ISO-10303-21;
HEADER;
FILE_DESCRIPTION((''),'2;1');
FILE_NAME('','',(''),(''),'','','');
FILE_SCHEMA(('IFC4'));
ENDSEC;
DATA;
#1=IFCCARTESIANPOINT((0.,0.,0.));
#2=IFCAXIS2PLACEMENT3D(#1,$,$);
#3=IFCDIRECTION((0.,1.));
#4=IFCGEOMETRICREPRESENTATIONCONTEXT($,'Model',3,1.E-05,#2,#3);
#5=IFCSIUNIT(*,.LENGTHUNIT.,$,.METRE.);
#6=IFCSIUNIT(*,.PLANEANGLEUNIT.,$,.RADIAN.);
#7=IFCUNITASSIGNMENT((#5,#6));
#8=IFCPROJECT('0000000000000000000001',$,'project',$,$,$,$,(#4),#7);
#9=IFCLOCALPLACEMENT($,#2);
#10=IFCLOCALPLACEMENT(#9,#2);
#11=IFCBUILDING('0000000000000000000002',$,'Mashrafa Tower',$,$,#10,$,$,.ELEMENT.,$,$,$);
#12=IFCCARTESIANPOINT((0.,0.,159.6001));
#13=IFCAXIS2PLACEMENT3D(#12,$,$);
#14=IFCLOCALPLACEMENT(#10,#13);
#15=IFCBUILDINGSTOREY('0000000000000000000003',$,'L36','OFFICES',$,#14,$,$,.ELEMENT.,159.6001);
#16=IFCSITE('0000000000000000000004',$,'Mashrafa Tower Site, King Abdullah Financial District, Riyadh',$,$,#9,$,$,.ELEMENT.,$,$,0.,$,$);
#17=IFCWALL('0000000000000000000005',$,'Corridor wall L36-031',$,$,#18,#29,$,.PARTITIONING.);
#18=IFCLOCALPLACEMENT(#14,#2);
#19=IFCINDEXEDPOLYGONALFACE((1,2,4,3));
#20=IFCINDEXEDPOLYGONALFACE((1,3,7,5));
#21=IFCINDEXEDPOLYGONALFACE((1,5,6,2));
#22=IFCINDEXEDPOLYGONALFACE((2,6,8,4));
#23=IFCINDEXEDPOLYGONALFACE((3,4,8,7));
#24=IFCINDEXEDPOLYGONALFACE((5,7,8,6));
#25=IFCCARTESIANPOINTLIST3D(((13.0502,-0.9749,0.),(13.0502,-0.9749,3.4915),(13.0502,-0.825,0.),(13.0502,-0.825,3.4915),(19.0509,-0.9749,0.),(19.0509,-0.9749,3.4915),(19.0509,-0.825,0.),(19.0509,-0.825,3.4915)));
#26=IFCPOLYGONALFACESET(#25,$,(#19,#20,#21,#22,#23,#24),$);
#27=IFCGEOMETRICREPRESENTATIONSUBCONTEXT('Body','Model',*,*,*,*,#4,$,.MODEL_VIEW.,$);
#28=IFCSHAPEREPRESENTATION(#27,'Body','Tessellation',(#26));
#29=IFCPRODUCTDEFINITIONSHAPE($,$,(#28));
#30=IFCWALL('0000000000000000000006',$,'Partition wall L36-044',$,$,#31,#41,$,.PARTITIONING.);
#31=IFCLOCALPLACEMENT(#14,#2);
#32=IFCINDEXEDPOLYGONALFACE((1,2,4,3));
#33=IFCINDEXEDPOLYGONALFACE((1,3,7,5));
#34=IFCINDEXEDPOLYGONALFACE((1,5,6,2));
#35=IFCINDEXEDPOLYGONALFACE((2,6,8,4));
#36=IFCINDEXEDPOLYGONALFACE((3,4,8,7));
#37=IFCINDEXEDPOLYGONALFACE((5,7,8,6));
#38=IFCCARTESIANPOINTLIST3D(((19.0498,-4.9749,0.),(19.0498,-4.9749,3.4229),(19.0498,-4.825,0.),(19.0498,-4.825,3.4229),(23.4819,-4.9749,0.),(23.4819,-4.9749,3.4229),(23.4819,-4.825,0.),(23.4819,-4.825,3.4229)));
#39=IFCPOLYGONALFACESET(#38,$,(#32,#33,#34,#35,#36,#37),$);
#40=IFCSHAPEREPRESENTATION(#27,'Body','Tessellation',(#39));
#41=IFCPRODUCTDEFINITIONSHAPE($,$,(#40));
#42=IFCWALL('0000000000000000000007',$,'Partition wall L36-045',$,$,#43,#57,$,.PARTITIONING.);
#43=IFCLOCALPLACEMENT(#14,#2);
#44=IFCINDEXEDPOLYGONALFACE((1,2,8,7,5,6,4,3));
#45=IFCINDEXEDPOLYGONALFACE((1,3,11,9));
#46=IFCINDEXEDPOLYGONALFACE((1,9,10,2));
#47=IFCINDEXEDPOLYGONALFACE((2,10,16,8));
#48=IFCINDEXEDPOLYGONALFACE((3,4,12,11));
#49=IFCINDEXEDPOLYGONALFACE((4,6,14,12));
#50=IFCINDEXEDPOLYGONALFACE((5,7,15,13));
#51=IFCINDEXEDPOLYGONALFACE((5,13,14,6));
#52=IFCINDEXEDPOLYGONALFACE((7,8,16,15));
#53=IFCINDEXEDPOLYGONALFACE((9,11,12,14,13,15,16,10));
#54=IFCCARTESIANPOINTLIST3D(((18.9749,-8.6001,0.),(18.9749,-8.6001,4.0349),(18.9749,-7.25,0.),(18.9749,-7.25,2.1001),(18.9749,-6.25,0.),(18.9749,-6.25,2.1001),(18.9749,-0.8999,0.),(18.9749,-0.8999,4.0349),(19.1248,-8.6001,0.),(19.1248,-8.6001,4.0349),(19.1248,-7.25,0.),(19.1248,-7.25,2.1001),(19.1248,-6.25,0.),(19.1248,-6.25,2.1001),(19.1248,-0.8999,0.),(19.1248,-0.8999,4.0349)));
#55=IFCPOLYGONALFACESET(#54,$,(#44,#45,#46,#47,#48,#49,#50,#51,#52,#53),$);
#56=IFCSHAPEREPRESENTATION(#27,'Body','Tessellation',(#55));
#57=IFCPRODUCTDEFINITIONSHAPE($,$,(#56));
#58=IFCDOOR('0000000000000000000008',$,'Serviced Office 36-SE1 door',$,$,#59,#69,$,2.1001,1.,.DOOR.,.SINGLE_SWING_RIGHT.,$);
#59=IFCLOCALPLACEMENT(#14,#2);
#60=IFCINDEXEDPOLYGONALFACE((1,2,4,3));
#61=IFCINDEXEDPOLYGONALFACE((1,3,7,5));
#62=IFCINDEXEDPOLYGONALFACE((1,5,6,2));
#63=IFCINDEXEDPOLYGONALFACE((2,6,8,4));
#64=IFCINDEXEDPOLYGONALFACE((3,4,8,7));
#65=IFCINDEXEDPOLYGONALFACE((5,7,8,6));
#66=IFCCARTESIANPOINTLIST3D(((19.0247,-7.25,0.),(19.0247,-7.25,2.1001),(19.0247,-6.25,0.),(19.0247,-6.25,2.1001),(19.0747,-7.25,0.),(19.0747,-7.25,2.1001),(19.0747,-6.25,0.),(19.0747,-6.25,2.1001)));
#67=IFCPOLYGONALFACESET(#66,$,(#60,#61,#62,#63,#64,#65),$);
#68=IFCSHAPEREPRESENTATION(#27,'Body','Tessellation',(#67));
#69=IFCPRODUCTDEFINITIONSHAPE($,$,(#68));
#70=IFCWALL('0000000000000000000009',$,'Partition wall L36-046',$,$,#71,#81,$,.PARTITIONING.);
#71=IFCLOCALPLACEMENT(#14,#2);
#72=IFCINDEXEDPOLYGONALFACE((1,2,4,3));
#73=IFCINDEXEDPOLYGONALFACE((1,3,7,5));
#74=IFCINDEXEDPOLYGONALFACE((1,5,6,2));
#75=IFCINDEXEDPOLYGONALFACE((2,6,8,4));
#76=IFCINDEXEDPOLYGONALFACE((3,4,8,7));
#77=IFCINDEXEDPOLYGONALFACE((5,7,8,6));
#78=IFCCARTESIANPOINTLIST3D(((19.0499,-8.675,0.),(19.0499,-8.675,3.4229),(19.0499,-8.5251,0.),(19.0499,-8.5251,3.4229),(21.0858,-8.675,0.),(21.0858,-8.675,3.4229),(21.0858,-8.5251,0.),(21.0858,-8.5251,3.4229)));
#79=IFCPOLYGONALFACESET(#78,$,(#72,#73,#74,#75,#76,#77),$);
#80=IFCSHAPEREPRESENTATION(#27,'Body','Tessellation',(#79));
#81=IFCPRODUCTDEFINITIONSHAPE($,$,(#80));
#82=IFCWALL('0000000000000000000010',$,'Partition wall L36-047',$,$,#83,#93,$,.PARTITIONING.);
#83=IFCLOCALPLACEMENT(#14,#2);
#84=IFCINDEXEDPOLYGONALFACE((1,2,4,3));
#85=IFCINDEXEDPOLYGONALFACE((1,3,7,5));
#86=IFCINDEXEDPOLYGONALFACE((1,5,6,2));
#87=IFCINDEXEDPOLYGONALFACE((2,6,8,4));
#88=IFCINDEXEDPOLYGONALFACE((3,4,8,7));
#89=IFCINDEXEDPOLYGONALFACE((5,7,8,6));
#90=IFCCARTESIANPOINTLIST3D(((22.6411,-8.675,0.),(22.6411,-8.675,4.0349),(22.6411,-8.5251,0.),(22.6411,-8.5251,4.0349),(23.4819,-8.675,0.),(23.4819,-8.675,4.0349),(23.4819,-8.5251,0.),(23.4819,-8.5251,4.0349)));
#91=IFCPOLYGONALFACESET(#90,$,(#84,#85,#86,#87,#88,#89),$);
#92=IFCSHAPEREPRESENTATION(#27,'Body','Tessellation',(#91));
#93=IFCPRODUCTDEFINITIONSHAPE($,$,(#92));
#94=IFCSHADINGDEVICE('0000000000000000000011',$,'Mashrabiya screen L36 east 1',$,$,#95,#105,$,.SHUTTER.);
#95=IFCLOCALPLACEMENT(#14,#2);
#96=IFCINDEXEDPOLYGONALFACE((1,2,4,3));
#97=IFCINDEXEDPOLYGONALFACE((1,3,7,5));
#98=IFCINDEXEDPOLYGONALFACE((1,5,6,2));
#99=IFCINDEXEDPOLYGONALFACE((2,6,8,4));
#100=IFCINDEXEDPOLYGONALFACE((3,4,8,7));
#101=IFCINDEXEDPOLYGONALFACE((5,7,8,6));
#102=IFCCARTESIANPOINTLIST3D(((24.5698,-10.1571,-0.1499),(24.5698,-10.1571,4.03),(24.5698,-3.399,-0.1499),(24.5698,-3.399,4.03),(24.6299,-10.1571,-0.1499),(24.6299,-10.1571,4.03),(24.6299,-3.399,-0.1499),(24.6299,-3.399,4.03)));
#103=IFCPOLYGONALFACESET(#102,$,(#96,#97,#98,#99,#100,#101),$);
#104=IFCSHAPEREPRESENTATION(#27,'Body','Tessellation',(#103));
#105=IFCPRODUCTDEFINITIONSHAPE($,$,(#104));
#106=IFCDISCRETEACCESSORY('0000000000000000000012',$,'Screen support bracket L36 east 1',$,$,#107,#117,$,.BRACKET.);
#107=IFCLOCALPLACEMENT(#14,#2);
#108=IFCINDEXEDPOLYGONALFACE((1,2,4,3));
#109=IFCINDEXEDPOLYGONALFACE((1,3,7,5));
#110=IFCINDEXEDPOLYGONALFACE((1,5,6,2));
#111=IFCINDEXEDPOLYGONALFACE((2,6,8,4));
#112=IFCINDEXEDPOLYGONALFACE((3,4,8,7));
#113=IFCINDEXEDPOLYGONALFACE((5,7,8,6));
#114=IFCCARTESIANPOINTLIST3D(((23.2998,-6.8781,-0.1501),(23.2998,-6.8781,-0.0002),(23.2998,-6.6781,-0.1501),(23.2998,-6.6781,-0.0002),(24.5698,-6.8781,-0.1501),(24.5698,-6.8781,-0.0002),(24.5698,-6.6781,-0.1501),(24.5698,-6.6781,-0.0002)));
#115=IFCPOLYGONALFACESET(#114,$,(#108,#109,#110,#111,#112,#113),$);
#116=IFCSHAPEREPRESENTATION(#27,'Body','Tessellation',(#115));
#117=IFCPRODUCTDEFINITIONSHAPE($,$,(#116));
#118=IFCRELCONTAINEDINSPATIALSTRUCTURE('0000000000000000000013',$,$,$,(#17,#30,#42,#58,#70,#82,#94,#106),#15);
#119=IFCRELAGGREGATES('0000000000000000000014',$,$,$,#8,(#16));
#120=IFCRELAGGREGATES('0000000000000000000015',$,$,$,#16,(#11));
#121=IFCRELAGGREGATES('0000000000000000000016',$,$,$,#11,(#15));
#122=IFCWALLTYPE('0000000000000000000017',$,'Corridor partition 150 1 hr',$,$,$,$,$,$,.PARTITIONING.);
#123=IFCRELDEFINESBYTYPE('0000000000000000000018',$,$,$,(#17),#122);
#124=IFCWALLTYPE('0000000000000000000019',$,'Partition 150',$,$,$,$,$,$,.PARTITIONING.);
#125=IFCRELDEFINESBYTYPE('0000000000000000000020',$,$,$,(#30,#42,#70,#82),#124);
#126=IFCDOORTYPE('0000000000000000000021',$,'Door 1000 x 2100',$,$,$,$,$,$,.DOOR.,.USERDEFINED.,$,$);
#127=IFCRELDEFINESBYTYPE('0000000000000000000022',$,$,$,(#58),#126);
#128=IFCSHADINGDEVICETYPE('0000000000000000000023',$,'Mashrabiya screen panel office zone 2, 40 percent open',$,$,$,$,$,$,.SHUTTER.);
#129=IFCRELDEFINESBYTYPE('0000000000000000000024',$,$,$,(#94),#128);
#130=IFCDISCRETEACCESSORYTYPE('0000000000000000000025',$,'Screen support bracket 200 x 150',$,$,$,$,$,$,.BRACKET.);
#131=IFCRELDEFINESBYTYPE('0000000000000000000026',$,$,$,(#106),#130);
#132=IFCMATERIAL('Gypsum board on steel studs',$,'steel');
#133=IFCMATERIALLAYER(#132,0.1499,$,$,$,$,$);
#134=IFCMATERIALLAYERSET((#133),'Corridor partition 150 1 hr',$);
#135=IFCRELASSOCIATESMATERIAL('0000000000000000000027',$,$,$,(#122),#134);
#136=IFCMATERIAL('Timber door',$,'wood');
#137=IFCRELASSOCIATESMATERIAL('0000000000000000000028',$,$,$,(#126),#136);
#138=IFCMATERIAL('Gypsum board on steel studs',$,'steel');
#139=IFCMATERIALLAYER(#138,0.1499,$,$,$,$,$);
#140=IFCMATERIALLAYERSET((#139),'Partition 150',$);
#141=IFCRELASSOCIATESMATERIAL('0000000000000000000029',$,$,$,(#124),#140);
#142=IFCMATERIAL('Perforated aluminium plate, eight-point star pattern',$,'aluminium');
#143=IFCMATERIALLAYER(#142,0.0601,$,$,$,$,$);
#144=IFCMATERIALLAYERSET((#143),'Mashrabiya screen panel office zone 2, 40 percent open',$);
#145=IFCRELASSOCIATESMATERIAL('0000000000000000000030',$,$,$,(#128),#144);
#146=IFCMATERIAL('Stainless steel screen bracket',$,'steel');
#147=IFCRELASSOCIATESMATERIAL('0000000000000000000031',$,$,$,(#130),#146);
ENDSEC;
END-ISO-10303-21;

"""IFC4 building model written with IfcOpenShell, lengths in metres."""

from ifc_helpers import new_model, si_unit, direction, frame, frame_2d, origin, origin_2d, place, context, subcontext, project, spatial, rectangle, extrude, source, transform, mapped, material, layer, layer_set, type_object, type_shapes, element, fill, save


model = new_model("IFC4")

# Units and contexts
model_context = context("Model", 3, precision=1e-05, world=origin(), true_north=direction((0.0, 1.0)))
body_context = subcontext(model_context, "Body", "Model", "MODEL_VIEW")
ifc_project = project(units=[si_unit("LENGTHUNIT", "METRE"), si_unit("PLANEANGLEUNIT", "RADIAN")], contexts=[model_context])

# Site, building, storey
site_placement = place(None, origin())
site = spatial("IfcSite", under=ifc_project, at=site_placement, Name="Mashrafa Tower Site, King Abdullah Financial District, Riyadh", CompositionType="ELEMENT", RefElevation=0.0)
building_placement = place(site_placement, origin())
building = spatial("IfcBuilding", under=site, at=building_placement, Name="Mashrafa Tower", CompositionType="ELEMENT")
storey_placement = place(building_placement, frame((0.0, 0.0, 159.6001)))
storey = spatial("IfcBuildingStorey", under=building, at=storey_placement, Name="L36", Description="OFFICES", CompositionType="ELEMENT", Elevation=159.6001)

# Shared definitions
ifc_material_1 = material(Name="Gypsum board on steel studs", Category="steel")
ifc_layer_1 = layer(ifc_material_1, 0.1499)
ifc_layer_set_1 = layer_set([ifc_layer_1], Name="Corridor partition 150 1 hr")
wall_type_1 = type_object("IfcWallType", Name="Corridor partition 150 1 hr", PredefinedType="PARTITIONING", material=ifc_layer_set_1)
ifc_material_2 = material(Name="Timber door", Category="wood")
door_type_1 = type_object("IfcDoorType", Name="Door 1000 x 2100", OperationType="USERDEFINED", PredefinedType="DOOR", material=ifc_material_2)

# Walls
wall_1_placement = place(storey_placement, frame((13.05, -0.8999, 0.0), z_axis=(0.0, 0.0, 1.0), x_axis=(1.0, 0.0, 0.0)))
element("IfcWall", 1, at=wall_1_placement, inside=storey, type_object=wall_type_1, Name="Corridor wall L36-031", PredefinedType="PARTITIONING", context=body_context, shape_type="SweptSolid", body=[
    extrude(rectangle(XDim=6.0007, YDim=0.1499, at=frame_2d((3.0005, 0.0))), origin(), (0.0, 0.0, 1.0), 3.4915),
])
ifc_material_3 = material(Name="Gypsum board on steel studs", Category="steel")
ifc_layer_2 = layer(ifc_material_3, 0.1499)
ifc_layer_set_2 = layer_set([ifc_layer_2], Name="Partition 150")
wall_type_2 = type_object("IfcWallType", Name="Partition 150", PredefinedType="PARTITIONING", material=ifc_layer_set_2)
wall_2_placement = place(storey_placement, frame((23.4819, -4.8999, 0.0), z_axis=(0.0, 0.0, 1.0), x_axis=(-1.0, 0.0, 0.0)))
element("IfcWall", 2, at=wall_2_placement, inside=storey, type_object=wall_type_2, Name="Partition wall L36-044", PredefinedType="PARTITIONING", context=body_context, shape_type="SweptSolid", body=[
    extrude(rectangle(XDim=4.4321, YDim=0.1499, at=frame_2d((2.2161, 0.0))), origin(), (0.0, 0.0, 1.0), 3.4229),
])

# Wall, opening, door
wall_3_placement = place(storey_placement, frame((19.0498, -8.6001, 0.0), z_axis=(0.0, 0.0, 1.0), x_axis=(0.0, 1.0, 0.0)))
wall_3 = element("IfcWall", 3, at=wall_3_placement, inside=storey, type_object=wall_type_2, Name="Partition wall L36-045", PredefinedType="PARTITIONING", context=body_context, shape_type="SweptSolid", body=[
    extrude(rectangle(XDim=7.7002, YDim=0.1499, at=frame_2d((3.8501, 0.0))), origin(), (0.0, 0.0, 1.0), 4.0349),
])
opening_1_placement = place(wall_3_placement, frame((1.3501, 0.0, 0.0)))
opening_1 = element("IfcOpeningElement", 4, at=opening_1_placement, cuts=wall_3, PredefinedType="OPENING", context=body_context, shape_type="SweptSolid", body=[
    extrude(rectangle(XDim=1.0, YDim=2.1001, at=frame_2d((0.5, 1.05))), frame((0.0, 0.085, 0.0), z_axis=(0.0, -1.0, 0.0), x_axis=(1.0, 0.0, 0.0)), (0.0, 0.0, 1.0), 0.1699),
])
door_1_placement = place(opening_1_placement, frame((1.0, 0.0, 0.0), z_axis=(0.0, 0.0, 1.0), x_axis=(-1.0, 0.0, 0.0)))
door_1 = element("IfcDoor", 5, at=door_1_placement, inside=storey, type_object=door_type_1, Name="Serviced Office 36-SE1 door", OperationType="SINGLE_SWING_RIGHT", OverallHeight=2.1001, OverallWidth=1.0, PredefinedType="DOOR", context=body_context, shape_type="SweptSolid", body=[
    extrude(rectangle(XDim=1.0, YDim=2.1001, at=frame_2d((0.5, 1.05))), frame((0.0, 0.0249, 0.0), z_axis=(0.0, -1.0, 0.0), x_axis=(1.0, 0.0, 0.0)), (0.0, 0.0, 1.0), 0.05),
])
fill(opening_1, door_1)

# Walls
wall_4_placement = place(storey_placement, frame((19.0498, -8.6001, 0.0), z_axis=(0.0, 0.0, 1.0), x_axis=(1.0, 0.0, 0.0)))
element("IfcWall", 6, at=wall_4_placement, inside=storey, type_object=wall_type_2, Name="Partition wall L36-046", PredefinedType="PARTITIONING", context=body_context, shape_type="SweptSolid", body=[
    extrude(rectangle(XDim=2.0359, YDim=0.1499, at=frame_2d((1.0181, 0.0))), origin(), (0.0, 0.0, 1.0), 3.4229),
])
wall_5_placement = place(storey_placement, frame((22.6411, -8.6001, 0.0), z_axis=(0.0, 0.0, 1.0), x_axis=(1.0, 0.0, 0.0)))
element("IfcWall", 7, at=wall_5_placement, inside=storey, type_object=wall_type_2, Name="Partition wall L36-047", PredefinedType="PARTITIONING", context=body_context, shape_type="SweptSolid", body=[
    extrude(rectangle(XDim=0.8408, YDim=0.1499, at=frame_2d((0.4204, 0.0))), origin(), (0.0, 0.0, 1.0), 4.0349),
])

# Shading device
ifc_material_4 = material(Name="Perforated aluminium plate, eight-point star pattern", Category="aluminium")
ifc_layer_3 = layer(ifc_material_4, 0.0601)
ifc_layer_set_3 = layer_set([ifc_layer_3], Name="Mashrabiya screen panel office zone 2, 40 percent open")
shading_device_type = type_object("IfcShadingDeviceType", Name="Mashrabiya screen panel office zone 2, 40 percent open", PredefinedType="SHUTTER", material=ifc_layer_set_3)
shared_shape_1 = source(origin(), body_context, "Body", "SweptSolid", [
    extrude(rectangle(XDim=6.7581, YDim=0.0601, at=origin_2d()), origin(), (0.0, 0.0, 1.0), 4.1799),
])
type_shapes(shading_device_type, [shared_shape_1])
shading_device_placement = place(storey_placement, frame((24.5999, -6.7781, -0.1499), z_axis=(0.0, 0.0, 1.0), x_axis=(0.0, 1.0, 0.0)))
element("IfcShadingDevice", 8, at=shading_device_placement, inside=storey, type_object=shading_device_type, Name="Mashrabiya screen L36 east 1", PredefinedType="SHUTTER", context=body_context, shape_type="MappedRepresentation", body=[
    mapped(shared_shape_1, transform((0.0, 0.0, 0.0))),
])

# Discrete accessory
ifc_material_5 = material(Name="Stainless steel screen bracket", Category="steel")
discrete_accessory_type = type_object("IfcDiscreteAccessoryType", Name="Screen support bracket 200 x 150", PredefinedType="BRACKET", material=ifc_material_5)
shared_shape_2 = source(origin(), body_context, "Body", "SweptSolid", [
    extrude(rectangle(XDim=0.2, YDim=1.27, at=origin_2d()), origin(), (0.0, 0.0, 1.0), 0.1499),
])
type_shapes(discrete_accessory_type, [shared_shape_2])
discrete_accessory_placement = place(storey_placement, frame((23.9348, -6.7781, -0.1501), z_axis=(0.0, 0.0, 1.0), x_axis=(0.0, 1.0, 0.0)))
element("IfcDiscreteAccessory", 9, at=discrete_accessory_placement, inside=storey, type_object=discrete_accessory_type, Name="Screen support bracket L36 east 1", PredefinedType="BRACKET", context=body_context, shape_type="MappedRepresentation", body=[
    mapped(shared_shape_2, transform((0.0, 0.0, 0.0))),
])

save(model, "model.ifc")
